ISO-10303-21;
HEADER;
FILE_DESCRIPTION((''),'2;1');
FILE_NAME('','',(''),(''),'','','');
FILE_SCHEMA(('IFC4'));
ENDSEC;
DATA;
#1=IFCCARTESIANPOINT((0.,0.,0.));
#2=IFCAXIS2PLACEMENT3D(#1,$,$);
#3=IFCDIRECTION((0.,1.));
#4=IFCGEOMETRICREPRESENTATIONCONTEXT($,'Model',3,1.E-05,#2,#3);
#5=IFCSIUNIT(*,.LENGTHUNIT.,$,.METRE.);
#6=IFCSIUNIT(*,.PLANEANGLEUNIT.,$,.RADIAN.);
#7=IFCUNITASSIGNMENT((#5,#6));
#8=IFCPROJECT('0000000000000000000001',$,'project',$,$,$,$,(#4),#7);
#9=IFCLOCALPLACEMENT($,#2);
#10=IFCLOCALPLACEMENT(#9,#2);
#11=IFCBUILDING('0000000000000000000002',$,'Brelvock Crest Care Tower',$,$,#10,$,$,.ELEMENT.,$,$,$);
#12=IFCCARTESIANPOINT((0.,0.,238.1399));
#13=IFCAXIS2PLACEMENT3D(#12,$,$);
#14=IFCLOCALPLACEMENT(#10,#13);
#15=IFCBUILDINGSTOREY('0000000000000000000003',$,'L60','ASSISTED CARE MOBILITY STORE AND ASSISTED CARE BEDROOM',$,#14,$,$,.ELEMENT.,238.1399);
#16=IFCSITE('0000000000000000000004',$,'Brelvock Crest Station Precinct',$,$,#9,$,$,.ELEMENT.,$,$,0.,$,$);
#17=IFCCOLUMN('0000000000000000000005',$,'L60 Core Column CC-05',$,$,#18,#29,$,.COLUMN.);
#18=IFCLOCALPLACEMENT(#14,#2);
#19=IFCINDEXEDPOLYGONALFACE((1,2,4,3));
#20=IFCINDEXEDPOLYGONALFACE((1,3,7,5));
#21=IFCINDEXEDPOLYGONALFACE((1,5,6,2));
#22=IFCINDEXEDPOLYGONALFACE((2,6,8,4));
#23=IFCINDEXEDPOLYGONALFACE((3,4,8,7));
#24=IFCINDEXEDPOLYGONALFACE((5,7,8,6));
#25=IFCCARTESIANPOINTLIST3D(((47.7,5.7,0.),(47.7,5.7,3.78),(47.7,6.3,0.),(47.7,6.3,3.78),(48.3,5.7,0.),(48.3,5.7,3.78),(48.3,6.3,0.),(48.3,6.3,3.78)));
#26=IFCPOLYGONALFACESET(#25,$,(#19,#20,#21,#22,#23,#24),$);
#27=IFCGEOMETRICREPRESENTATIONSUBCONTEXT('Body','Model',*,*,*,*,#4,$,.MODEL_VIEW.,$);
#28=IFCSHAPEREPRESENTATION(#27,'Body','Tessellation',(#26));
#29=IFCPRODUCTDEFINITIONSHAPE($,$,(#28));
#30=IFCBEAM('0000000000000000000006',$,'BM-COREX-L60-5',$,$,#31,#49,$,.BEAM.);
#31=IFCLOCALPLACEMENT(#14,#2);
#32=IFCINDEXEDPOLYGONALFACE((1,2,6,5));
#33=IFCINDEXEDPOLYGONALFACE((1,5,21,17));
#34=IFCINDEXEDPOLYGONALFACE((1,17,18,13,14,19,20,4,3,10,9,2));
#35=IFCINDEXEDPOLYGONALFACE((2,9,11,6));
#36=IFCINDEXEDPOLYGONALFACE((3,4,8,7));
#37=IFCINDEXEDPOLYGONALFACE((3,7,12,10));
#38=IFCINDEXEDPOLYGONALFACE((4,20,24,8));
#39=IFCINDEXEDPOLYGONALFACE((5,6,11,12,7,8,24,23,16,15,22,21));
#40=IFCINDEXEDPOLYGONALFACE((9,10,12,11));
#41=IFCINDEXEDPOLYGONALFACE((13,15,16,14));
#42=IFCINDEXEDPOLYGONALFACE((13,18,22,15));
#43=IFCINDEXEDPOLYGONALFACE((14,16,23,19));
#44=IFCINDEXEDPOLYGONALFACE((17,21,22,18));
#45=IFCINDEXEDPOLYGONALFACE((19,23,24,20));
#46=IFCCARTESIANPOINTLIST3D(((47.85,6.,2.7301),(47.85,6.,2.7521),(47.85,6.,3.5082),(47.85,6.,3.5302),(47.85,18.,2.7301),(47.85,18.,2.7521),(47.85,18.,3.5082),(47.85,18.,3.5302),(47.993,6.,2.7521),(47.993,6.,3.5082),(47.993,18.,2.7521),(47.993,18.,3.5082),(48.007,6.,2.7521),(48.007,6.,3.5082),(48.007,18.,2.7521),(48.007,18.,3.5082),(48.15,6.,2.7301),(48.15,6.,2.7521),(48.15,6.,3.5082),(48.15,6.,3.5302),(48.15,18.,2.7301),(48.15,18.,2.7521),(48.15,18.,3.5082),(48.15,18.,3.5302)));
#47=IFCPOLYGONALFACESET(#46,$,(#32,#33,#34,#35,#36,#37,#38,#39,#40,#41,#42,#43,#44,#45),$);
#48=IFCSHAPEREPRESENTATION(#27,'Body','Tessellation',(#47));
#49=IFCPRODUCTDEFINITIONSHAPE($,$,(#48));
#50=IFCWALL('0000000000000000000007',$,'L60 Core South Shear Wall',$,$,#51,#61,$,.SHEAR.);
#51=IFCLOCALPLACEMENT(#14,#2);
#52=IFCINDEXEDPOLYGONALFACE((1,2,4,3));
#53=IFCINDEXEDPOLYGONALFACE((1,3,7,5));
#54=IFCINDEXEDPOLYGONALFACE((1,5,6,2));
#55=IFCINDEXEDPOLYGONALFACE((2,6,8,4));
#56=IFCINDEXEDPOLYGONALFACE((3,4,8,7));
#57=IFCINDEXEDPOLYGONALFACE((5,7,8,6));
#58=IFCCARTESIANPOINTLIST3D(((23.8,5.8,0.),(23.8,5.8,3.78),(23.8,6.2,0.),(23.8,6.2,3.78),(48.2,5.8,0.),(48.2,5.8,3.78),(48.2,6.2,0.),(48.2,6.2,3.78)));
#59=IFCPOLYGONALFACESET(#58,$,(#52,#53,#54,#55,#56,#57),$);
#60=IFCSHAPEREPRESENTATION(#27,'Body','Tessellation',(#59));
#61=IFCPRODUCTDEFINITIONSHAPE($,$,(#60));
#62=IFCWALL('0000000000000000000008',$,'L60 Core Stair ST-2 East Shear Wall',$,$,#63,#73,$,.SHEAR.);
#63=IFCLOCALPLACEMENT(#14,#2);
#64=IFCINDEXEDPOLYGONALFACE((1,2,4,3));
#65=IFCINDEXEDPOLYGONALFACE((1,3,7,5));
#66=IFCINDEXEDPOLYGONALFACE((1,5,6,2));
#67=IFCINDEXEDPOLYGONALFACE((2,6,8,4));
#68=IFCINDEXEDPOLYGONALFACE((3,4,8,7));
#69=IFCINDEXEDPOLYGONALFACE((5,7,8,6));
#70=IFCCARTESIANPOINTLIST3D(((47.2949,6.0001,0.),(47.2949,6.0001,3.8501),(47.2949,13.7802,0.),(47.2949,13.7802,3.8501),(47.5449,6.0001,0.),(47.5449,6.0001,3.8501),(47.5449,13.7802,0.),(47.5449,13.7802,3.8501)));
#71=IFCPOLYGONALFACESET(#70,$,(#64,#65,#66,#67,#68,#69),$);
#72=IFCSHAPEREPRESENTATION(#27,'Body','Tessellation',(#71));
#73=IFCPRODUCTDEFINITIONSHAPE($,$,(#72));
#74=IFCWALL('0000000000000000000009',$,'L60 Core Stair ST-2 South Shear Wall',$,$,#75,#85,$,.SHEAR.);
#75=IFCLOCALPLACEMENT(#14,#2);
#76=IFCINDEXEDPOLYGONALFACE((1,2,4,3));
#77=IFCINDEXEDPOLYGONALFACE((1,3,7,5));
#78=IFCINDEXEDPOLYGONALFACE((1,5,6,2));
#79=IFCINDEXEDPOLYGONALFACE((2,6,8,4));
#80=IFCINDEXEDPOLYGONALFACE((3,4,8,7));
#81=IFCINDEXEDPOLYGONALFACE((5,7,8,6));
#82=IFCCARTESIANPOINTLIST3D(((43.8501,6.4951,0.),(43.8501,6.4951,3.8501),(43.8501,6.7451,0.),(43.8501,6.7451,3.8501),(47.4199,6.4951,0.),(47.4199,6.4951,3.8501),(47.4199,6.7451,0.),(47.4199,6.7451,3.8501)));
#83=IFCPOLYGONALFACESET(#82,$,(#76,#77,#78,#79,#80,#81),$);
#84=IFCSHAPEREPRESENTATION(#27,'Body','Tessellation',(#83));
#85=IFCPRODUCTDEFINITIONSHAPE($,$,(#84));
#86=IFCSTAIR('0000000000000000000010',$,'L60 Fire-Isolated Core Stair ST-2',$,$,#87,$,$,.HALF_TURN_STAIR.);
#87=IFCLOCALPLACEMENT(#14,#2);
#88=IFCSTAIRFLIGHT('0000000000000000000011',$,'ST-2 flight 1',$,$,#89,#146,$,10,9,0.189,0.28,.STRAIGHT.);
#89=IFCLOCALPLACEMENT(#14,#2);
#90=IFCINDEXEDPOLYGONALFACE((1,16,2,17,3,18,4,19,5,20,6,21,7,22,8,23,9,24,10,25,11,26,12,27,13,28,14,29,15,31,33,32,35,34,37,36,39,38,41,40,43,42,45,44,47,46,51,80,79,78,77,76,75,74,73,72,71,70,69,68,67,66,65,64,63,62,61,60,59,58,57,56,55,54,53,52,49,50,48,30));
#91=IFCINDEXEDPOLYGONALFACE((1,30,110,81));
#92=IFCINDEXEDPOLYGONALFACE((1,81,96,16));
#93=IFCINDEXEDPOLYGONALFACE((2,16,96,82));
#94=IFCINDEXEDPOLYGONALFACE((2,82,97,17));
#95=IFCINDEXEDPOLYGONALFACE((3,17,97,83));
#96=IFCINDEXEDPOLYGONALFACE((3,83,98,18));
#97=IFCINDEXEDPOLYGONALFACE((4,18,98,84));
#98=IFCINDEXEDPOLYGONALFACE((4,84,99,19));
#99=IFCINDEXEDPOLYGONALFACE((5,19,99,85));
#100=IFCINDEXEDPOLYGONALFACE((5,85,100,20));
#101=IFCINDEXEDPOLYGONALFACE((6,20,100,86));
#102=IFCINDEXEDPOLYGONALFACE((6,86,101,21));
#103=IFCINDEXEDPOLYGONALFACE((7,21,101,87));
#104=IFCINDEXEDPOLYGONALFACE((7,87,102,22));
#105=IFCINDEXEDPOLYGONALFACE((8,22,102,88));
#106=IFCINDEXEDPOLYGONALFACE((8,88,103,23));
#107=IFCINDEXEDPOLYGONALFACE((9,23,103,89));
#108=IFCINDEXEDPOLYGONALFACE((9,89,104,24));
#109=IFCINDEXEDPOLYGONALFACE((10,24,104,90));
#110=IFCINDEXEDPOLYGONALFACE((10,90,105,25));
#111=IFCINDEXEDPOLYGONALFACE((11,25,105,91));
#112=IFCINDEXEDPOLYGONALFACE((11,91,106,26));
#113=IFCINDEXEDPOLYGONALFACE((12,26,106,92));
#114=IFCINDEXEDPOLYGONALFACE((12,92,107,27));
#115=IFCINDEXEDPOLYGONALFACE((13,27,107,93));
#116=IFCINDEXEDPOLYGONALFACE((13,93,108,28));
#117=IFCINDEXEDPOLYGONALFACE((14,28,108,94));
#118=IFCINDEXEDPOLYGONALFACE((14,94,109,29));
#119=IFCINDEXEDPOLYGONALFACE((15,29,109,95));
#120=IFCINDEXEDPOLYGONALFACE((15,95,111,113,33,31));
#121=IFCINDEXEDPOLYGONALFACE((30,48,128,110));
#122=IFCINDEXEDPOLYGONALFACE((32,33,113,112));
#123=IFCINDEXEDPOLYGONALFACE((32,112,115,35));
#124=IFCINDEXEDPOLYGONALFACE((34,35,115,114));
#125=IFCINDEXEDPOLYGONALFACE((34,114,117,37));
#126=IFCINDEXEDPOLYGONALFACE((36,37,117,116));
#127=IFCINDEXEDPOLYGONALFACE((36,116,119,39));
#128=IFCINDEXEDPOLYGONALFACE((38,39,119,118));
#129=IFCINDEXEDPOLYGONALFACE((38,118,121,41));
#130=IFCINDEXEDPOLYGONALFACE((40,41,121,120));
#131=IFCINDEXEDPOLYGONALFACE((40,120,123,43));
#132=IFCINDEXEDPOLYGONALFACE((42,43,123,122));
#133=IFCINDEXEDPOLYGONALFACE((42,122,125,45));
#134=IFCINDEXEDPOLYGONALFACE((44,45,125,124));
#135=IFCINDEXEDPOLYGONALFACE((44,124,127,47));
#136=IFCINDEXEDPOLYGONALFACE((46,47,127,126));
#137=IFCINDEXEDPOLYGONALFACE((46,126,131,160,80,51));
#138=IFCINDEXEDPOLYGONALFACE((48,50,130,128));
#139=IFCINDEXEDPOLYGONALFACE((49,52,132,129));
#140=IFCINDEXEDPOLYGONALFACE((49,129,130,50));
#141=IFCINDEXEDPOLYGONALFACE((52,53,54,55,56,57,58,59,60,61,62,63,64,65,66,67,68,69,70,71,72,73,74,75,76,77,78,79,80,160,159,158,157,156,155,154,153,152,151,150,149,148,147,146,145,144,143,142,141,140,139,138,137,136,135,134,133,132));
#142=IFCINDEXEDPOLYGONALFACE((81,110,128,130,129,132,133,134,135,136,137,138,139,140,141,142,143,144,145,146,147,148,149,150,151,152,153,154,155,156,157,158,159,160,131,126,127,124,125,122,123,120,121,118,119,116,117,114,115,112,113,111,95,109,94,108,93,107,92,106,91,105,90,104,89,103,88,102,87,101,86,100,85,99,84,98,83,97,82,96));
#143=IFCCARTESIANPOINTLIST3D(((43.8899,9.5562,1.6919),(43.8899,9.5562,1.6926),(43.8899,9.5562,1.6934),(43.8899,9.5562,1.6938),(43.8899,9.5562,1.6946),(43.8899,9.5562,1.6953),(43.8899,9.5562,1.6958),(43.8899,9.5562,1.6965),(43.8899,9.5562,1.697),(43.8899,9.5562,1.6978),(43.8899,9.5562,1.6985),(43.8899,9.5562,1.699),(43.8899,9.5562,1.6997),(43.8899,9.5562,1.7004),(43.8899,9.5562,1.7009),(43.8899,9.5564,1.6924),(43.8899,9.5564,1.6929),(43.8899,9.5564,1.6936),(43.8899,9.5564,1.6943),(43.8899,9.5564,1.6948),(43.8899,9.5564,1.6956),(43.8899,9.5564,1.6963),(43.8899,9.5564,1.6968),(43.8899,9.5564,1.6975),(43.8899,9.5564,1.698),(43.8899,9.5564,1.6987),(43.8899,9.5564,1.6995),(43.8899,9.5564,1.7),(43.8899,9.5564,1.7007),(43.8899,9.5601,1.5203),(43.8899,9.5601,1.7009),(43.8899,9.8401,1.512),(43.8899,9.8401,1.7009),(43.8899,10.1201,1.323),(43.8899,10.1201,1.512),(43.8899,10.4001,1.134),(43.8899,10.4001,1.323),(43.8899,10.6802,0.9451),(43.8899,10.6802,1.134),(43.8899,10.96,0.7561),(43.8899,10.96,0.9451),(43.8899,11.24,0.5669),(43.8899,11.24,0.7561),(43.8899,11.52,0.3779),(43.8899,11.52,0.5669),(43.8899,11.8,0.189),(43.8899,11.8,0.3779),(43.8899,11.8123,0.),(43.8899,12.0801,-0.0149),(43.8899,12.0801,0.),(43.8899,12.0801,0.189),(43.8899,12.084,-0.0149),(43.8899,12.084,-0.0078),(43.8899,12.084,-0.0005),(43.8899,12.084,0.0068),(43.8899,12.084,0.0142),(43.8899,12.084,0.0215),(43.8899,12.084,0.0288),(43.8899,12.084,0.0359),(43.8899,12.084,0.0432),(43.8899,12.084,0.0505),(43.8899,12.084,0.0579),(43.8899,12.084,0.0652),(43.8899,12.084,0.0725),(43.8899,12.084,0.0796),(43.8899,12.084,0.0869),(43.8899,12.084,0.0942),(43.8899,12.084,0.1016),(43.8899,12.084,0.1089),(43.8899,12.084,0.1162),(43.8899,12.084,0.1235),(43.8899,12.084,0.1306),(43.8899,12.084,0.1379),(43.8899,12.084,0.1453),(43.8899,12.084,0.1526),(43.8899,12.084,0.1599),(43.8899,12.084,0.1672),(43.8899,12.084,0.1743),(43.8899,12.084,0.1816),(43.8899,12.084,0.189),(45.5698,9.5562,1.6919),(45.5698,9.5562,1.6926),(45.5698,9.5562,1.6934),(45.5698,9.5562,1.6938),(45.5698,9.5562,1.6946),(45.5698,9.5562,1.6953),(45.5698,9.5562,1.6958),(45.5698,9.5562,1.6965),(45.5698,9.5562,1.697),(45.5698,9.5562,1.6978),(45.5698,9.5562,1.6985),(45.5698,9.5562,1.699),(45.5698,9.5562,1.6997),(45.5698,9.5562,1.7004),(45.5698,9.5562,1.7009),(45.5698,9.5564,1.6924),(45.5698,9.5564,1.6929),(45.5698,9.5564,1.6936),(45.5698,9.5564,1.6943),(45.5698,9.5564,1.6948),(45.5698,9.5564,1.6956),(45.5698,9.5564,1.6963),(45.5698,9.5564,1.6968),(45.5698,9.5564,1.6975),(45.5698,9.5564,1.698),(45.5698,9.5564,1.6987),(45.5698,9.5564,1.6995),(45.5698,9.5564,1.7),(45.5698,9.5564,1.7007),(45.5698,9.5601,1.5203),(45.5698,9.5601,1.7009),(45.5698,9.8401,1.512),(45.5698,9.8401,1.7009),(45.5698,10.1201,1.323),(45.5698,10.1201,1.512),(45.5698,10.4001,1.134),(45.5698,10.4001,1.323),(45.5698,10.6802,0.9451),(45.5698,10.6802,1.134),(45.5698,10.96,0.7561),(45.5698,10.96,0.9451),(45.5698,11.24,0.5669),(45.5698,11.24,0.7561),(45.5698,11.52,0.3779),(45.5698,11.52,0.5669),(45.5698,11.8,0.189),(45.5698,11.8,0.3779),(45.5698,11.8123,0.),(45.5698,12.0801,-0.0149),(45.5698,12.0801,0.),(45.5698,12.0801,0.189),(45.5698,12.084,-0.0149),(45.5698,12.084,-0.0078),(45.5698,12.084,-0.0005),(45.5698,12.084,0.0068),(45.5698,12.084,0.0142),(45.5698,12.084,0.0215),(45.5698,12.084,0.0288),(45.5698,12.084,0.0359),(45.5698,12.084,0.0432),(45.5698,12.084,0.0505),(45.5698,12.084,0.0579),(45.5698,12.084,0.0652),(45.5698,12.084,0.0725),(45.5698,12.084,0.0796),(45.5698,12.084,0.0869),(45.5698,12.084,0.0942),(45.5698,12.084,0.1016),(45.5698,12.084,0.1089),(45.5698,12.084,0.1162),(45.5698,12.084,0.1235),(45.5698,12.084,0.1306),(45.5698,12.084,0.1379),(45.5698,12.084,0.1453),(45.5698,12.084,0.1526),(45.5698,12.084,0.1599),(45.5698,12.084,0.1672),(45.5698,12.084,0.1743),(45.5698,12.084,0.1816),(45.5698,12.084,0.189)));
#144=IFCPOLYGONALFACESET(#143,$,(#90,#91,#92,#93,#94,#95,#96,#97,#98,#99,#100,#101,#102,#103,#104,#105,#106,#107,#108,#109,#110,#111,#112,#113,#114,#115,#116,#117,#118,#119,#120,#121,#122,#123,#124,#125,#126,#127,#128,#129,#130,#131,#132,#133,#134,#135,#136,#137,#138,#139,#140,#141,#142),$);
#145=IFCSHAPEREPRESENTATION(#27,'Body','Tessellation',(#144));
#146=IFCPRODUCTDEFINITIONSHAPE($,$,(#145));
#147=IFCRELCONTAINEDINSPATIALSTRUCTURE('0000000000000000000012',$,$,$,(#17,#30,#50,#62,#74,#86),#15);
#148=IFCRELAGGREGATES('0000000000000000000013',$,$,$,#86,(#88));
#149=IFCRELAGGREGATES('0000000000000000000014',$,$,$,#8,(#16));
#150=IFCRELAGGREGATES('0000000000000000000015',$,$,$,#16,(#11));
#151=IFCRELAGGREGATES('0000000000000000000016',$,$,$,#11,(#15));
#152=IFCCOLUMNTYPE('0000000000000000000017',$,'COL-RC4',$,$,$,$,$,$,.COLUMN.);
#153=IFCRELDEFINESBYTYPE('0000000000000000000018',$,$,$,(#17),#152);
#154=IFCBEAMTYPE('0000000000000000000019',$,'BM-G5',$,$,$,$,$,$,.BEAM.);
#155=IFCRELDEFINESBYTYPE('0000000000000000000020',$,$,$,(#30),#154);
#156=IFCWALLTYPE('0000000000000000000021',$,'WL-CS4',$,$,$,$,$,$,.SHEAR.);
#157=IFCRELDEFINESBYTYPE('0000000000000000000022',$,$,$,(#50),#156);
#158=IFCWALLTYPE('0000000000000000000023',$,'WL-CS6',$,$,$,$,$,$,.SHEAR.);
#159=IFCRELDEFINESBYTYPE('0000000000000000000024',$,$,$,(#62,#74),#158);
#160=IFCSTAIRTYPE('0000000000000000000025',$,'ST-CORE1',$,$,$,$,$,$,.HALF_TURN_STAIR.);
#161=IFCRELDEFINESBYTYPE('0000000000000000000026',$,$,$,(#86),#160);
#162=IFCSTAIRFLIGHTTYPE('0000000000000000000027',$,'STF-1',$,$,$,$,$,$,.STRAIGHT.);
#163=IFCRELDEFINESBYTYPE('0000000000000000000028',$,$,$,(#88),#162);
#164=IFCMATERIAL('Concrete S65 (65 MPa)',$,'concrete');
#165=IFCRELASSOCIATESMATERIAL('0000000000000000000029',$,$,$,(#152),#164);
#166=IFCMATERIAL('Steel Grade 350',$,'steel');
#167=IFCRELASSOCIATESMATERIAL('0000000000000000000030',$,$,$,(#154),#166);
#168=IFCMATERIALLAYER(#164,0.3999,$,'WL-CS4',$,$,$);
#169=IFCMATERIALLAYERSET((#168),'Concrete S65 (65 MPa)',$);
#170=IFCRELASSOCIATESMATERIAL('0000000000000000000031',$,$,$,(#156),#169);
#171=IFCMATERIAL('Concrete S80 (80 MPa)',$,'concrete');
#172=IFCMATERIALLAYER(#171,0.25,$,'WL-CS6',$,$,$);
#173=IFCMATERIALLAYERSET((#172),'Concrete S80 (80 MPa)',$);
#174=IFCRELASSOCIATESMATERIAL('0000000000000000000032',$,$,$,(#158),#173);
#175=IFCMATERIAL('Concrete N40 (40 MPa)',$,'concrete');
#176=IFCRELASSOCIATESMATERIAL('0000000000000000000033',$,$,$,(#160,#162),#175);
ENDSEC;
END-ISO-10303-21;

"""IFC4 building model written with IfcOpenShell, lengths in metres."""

from ifc_helpers import new_model, si_unit, direction, frame, frame_2d, origin, origin_2d, place, context, subcontext, project, spatial, polyline, rectangle, i_section, outline, extrude, source, transform, mapped, material, layer, layer_set, material_profile, profile_set, type_object, element, aggregate, save


model = new_model("IFC4")

# Units and contexts
model_context = context("Model", 3, precision=1e-05, world=origin(), true_north=direction((0.0, 1.0)))
body_context = subcontext(model_context, "Body", "Model", "MODEL_VIEW")
ifc_project = project(units=[si_unit("LENGTHUNIT", "METRE"), si_unit("PLANEANGLEUNIT", "RADIAN")], contexts=[model_context])

# Site, building, storey
site_placement = place(None, origin())
site = spatial("IfcSite", under=ifc_project, at=site_placement, Name="Brelvock Crest Station Precinct", CompositionType="ELEMENT", RefElevation=0.0)
building_placement = place(site_placement, origin())
building = spatial("IfcBuilding", under=site, at=building_placement, Name="Brelvock Crest Care Tower", CompositionType="ELEMENT")
storey_placement = place(building_placement, frame((0.0, 0.0, 238.1399)))
storey = spatial("IfcBuildingStorey", under=building, at=storey_placement, Name="L60", Description="ASSISTED CARE MOBILITY STORE AND ASSISTED CARE BEDROOM", CompositionType="ELEMENT", Elevation=238.1399)

# Column
ifc_material_1 = material(Name="Concrete S65 (65 MPa)", Category="concrete")
ifc_material_profile_1 = material_profile(ifc_material_1, rectangle(XDim=0.6001, YDim=0.6001, at=origin_2d()), Name="RC600x600")
ifc_profile_set_1 = profile_set([ifc_material_profile_1], Name="Concrete S65 (65 MPa)")
column_type = type_object("IfcColumnType", Name="COL-RC4", PredefinedType="COLUMN", material=ifc_profile_set_1)
shared_shape_1 = source(origin(), body_context, "Body", "SweptSolid", [
    extrude(rectangle(XDim=0.6001, YDim=0.6001, at=origin_2d()), origin(), (0.0, 0.0, 1.0), 3.78),
])
column_placement = place(storey_placement, frame((48.0, 6.0, 0.0), z_axis=(0.0, 0.0, 1.0), x_axis=(1.0, 0.0, 0.0)))
element("IfcColumn", 1, at=column_placement, inside=storey, type_object=column_type, Name="L60 Core Column CC-05", PredefinedType="COLUMN", context=body_context, shape_type="MappedRepresentation", body=[
    mapped(shared_shape_1, transform((0.0, 0.0, 0.0), x_axis=(1.0, 0.0, 0.0), y_axis=(0.0, 1.0, 0.0), z_axis=(0.0, 0.0, 1.0), scale=1.0)),
])

# Beam
ifc_material_2 = material(Name="Steel Grade 350", Category="steel")
ifc_material_profile_2 = material_profile(ifc_material_2, i_section(OverallWidth=0.3, OverallDepth=0.8, WebThickness=0.0139, FlangeThickness=0.022, at=origin_2d()), Name="800WB192")
ifc_profile_set_2 = profile_set([ifc_material_profile_2], Name="Steel Grade 350")
beam_type = type_object("IfcBeamType", Name="BM-G5", PredefinedType="BEAM", material=ifc_profile_set_2)
shared_shape_2 = source(origin(), body_context, "Body", "SweptSolid", [
    extrude(i_section(OverallWidth=0.3, OverallDepth=0.8, WebThickness=0.0139, FlangeThickness=0.022, at=origin_2d()), origin(), (0.0, 0.0, 1.0), 12.0),
])
beam_placement = place(storey_placement, frame((48.0, 6.0, 3.1301), z_axis=(0.0, 1.0, 0.0), x_axis=(-1.0, 0.0, 0.0)))
element("IfcBeam", 2, at=beam_placement, inside=storey, type_object=beam_type, Name="BM-COREX-L60-5", PredefinedType="BEAM", context=body_context, shape_type="MappedRepresentation", body=[
    mapped(shared_shape_2, transform((0.0, 0.0, 0.0), x_axis=(1.0, 0.0, 0.0), y_axis=(0.0, 1.0, 0.0), z_axis=(0.0, 0.0, 1.0), scale=1.0)),
])

# Walls
ifc_layer_1 = layer(ifc_material_1, 0.3999, Name="WL-CS4")
ifc_layer_set_1 = layer_set([ifc_layer_1], Name="Concrete S65 (65 MPa)")
wall_type_1 = type_object("IfcWallType", Name="WL-CS4", PredefinedType="SHEAR", material=ifc_layer_set_1)
wall_1_placement = place(storey_placement, frame((48.2, 6.0, 0.0), z_axis=(0.0, 0.0, 1.0), x_axis=(-1.0, 0.0, 0.0)))
element("IfcWall", 3, at=wall_1_placement, inside=storey, type_object=wall_type_1, Name="L60 Core South Shear Wall", PredefinedType="SHEAR", context=body_context, shape_type="SweptSolid", body=[
    extrude(rectangle(XDim=24.3999, YDim=0.3999, at=frame_2d((12.2, 0.0))), origin(), (0.0, 0.0, 1.0), 3.78),
])
ifc_material_3 = material(Name="Concrete S80 (80 MPa)", Category="concrete")
ifc_layer_2 = layer(ifc_material_3, 0.25, Name="WL-CS6")
ifc_layer_set_2 = layer_set([ifc_layer_2], Name="Concrete S80 (80 MPa)")
wall_type_2 = type_object("IfcWallType", Name="WL-CS6", PredefinedType="SHEAR", material=ifc_layer_set_2)
wall_2_placement = place(storey_placement, frame((47.4199, 6.0, 0.0), z_axis=(0.0, 0.0, 1.0), x_axis=(0.0, 1.0, 0.0)))
element("IfcWall", 4, at=wall_2_placement, inside=storey, type_object=wall_type_2, Name="L60 Core Stair ST-2 East Shear Wall", PredefinedType="SHEAR", context=body_context, shape_type="SweptSolid", body=[
    extrude(rectangle(XDim=7.78, YDim=0.25, at=frame_2d((3.8901, 0.0))), origin(), (0.0, 0.0, 1.0), 3.8501),
])
wall_3_placement = place(storey_placement, frame((43.8501, 6.6201, 0.0), z_axis=(0.0, 0.0, 1.0), x_axis=(1.0, 0.0, 0.0)))
element("IfcWall", 5, at=wall_3_placement, inside=storey, type_object=wall_type_2, Name="L60 Core Stair ST-2 South Shear Wall", PredefinedType="SHEAR", context=body_context, shape_type="SweptSolid", body=[
    extrude(rectangle(XDim=3.5698, YDim=0.25, at=frame_2d((1.7849, 0.0))), origin(), (0.0, 0.0, 1.0), 3.8501),
])

# Stair, stair flight
ifc_material_4 = material(Name="Concrete N40 (40 MPa)", Category="concrete")
stair_type = type_object("IfcStairType", Name="ST-CORE1", PredefinedType="HALF_TURN_STAIR", material=ifc_material_4)
stair_placement = place(storey_placement, origin())
stair = element("IfcStair", 6, at=stair_placement, inside=storey, type_object=stair_type, Name="L60 Fire-Isolated Core Stair ST-2", PredefinedType="HALF_TURN_STAIR")
stair_flight_type = type_object("IfcStairFlightType", Name="STF-1", PredefinedType="STRAIGHT", material=ifc_material_4)
stair_flight_1_placement = place(storey_placement, frame((44.73, 12.0801, 0.0), z_axis=(0.0, 0.0, 1.0), x_axis=(0.0, -1.0, 0.0)))
stair_flight_1 = element("IfcStairFlight", 7, at=stair_flight_1_placement, type_object=stair_flight_type, Name="ST-2 flight 1", NumberOfRisers=10, NumberOfTreads=9, PredefinedType="STRAIGHT", RiserHeight=0.189, TreadLength=0.28, context=body_context, shape_type="SweptSolid", body=[
    extrude(outline(polyline([(-0.0039, -0.0149), (-0.0039, -0.0078), (-0.0039, -0.0005), (-0.0039, 0.0068), (-0.0039, 0.0142), (-0.0039, 0.0215), (-0.0039, 0.0288), (-0.0039, 0.0359), (-0.0039, 0.0432), (-0.0039, 0.0505), (-0.0039, 0.0579), (-0.0039, 0.0652), (-0.0039, 0.0725), (-0.0039, 0.0796), (-0.0039, 0.0869), (-0.0039, 0.0942), (-0.0039, 0.1016), (-0.0039, 0.1089), (-0.0039, 0.1162), (-0.0039, 0.1235), (-0.0039, 0.1306), (-0.0039, 0.1379), (-0.0039, 0.1453), (-0.0039, 0.1526), (-0.0039, 0.1599), (-0.0039, 0.1672), (-0.0039, 0.1743), (-0.0039, 0.1816), (-0.0039, 0.189), (0.0, 0.189), (0.28, 0.189), (0.28, 0.3779), (0.5601, 0.3779), (0.5601, 0.5669), (0.8401, 0.5669), (0.8401, 0.7561), (1.1201, 0.7561), (1.1201, 0.9451), (1.3999, 0.9451), (1.3999, 1.134), (1.6799, 1.134), (1.6799, 1.323), (1.96, 1.323), (1.96, 1.512), (2.24, 1.512), (2.24, 1.7009), (2.52, 1.7009), (2.5239, 1.7009), (2.5237, 1.7007), (2.5239, 1.7004), (2.5237, 1.7), (2.5239, 1.6997), (2.5237, 1.6995), (2.5239, 1.699), (2.5237, 1.6987), (2.5239, 1.6985), (2.5237, 1.698), (2.5239, 1.6978), (2.5237, 1.6975), (2.5239, 1.697), (2.5237, 1.6968), (2.5239, 1.6965), (2.5237, 1.6963), (2.5239, 1.6958), (2.5237, 1.6956), (2.5239, 1.6953), (2.5237, 1.6948), (2.5239, 1.6946), (2.5237, 1.6943), (2.5239, 1.6938), (2.5237, 1.6936), (2.5239, 1.6934), (2.5237, 1.6929), (2.5239, 1.6926), (2.5237, 1.6924), (2.5239, 1.6919), (2.52, 1.5203), (0.2678, 0.0), (0.0, 0.0), (0.0, -0.0149), (-0.0039, -0.0149)])), frame((0.0, 0.8398, 0.0), z_axis=(0.0, -1.0, 0.0), x_axis=(1.0, 0.0, 0.0)), (0.0, 0.0, 1.0), 1.6799),
])
aggregate(stair, [stair_flight_1])

save(model, "model.ifc")
